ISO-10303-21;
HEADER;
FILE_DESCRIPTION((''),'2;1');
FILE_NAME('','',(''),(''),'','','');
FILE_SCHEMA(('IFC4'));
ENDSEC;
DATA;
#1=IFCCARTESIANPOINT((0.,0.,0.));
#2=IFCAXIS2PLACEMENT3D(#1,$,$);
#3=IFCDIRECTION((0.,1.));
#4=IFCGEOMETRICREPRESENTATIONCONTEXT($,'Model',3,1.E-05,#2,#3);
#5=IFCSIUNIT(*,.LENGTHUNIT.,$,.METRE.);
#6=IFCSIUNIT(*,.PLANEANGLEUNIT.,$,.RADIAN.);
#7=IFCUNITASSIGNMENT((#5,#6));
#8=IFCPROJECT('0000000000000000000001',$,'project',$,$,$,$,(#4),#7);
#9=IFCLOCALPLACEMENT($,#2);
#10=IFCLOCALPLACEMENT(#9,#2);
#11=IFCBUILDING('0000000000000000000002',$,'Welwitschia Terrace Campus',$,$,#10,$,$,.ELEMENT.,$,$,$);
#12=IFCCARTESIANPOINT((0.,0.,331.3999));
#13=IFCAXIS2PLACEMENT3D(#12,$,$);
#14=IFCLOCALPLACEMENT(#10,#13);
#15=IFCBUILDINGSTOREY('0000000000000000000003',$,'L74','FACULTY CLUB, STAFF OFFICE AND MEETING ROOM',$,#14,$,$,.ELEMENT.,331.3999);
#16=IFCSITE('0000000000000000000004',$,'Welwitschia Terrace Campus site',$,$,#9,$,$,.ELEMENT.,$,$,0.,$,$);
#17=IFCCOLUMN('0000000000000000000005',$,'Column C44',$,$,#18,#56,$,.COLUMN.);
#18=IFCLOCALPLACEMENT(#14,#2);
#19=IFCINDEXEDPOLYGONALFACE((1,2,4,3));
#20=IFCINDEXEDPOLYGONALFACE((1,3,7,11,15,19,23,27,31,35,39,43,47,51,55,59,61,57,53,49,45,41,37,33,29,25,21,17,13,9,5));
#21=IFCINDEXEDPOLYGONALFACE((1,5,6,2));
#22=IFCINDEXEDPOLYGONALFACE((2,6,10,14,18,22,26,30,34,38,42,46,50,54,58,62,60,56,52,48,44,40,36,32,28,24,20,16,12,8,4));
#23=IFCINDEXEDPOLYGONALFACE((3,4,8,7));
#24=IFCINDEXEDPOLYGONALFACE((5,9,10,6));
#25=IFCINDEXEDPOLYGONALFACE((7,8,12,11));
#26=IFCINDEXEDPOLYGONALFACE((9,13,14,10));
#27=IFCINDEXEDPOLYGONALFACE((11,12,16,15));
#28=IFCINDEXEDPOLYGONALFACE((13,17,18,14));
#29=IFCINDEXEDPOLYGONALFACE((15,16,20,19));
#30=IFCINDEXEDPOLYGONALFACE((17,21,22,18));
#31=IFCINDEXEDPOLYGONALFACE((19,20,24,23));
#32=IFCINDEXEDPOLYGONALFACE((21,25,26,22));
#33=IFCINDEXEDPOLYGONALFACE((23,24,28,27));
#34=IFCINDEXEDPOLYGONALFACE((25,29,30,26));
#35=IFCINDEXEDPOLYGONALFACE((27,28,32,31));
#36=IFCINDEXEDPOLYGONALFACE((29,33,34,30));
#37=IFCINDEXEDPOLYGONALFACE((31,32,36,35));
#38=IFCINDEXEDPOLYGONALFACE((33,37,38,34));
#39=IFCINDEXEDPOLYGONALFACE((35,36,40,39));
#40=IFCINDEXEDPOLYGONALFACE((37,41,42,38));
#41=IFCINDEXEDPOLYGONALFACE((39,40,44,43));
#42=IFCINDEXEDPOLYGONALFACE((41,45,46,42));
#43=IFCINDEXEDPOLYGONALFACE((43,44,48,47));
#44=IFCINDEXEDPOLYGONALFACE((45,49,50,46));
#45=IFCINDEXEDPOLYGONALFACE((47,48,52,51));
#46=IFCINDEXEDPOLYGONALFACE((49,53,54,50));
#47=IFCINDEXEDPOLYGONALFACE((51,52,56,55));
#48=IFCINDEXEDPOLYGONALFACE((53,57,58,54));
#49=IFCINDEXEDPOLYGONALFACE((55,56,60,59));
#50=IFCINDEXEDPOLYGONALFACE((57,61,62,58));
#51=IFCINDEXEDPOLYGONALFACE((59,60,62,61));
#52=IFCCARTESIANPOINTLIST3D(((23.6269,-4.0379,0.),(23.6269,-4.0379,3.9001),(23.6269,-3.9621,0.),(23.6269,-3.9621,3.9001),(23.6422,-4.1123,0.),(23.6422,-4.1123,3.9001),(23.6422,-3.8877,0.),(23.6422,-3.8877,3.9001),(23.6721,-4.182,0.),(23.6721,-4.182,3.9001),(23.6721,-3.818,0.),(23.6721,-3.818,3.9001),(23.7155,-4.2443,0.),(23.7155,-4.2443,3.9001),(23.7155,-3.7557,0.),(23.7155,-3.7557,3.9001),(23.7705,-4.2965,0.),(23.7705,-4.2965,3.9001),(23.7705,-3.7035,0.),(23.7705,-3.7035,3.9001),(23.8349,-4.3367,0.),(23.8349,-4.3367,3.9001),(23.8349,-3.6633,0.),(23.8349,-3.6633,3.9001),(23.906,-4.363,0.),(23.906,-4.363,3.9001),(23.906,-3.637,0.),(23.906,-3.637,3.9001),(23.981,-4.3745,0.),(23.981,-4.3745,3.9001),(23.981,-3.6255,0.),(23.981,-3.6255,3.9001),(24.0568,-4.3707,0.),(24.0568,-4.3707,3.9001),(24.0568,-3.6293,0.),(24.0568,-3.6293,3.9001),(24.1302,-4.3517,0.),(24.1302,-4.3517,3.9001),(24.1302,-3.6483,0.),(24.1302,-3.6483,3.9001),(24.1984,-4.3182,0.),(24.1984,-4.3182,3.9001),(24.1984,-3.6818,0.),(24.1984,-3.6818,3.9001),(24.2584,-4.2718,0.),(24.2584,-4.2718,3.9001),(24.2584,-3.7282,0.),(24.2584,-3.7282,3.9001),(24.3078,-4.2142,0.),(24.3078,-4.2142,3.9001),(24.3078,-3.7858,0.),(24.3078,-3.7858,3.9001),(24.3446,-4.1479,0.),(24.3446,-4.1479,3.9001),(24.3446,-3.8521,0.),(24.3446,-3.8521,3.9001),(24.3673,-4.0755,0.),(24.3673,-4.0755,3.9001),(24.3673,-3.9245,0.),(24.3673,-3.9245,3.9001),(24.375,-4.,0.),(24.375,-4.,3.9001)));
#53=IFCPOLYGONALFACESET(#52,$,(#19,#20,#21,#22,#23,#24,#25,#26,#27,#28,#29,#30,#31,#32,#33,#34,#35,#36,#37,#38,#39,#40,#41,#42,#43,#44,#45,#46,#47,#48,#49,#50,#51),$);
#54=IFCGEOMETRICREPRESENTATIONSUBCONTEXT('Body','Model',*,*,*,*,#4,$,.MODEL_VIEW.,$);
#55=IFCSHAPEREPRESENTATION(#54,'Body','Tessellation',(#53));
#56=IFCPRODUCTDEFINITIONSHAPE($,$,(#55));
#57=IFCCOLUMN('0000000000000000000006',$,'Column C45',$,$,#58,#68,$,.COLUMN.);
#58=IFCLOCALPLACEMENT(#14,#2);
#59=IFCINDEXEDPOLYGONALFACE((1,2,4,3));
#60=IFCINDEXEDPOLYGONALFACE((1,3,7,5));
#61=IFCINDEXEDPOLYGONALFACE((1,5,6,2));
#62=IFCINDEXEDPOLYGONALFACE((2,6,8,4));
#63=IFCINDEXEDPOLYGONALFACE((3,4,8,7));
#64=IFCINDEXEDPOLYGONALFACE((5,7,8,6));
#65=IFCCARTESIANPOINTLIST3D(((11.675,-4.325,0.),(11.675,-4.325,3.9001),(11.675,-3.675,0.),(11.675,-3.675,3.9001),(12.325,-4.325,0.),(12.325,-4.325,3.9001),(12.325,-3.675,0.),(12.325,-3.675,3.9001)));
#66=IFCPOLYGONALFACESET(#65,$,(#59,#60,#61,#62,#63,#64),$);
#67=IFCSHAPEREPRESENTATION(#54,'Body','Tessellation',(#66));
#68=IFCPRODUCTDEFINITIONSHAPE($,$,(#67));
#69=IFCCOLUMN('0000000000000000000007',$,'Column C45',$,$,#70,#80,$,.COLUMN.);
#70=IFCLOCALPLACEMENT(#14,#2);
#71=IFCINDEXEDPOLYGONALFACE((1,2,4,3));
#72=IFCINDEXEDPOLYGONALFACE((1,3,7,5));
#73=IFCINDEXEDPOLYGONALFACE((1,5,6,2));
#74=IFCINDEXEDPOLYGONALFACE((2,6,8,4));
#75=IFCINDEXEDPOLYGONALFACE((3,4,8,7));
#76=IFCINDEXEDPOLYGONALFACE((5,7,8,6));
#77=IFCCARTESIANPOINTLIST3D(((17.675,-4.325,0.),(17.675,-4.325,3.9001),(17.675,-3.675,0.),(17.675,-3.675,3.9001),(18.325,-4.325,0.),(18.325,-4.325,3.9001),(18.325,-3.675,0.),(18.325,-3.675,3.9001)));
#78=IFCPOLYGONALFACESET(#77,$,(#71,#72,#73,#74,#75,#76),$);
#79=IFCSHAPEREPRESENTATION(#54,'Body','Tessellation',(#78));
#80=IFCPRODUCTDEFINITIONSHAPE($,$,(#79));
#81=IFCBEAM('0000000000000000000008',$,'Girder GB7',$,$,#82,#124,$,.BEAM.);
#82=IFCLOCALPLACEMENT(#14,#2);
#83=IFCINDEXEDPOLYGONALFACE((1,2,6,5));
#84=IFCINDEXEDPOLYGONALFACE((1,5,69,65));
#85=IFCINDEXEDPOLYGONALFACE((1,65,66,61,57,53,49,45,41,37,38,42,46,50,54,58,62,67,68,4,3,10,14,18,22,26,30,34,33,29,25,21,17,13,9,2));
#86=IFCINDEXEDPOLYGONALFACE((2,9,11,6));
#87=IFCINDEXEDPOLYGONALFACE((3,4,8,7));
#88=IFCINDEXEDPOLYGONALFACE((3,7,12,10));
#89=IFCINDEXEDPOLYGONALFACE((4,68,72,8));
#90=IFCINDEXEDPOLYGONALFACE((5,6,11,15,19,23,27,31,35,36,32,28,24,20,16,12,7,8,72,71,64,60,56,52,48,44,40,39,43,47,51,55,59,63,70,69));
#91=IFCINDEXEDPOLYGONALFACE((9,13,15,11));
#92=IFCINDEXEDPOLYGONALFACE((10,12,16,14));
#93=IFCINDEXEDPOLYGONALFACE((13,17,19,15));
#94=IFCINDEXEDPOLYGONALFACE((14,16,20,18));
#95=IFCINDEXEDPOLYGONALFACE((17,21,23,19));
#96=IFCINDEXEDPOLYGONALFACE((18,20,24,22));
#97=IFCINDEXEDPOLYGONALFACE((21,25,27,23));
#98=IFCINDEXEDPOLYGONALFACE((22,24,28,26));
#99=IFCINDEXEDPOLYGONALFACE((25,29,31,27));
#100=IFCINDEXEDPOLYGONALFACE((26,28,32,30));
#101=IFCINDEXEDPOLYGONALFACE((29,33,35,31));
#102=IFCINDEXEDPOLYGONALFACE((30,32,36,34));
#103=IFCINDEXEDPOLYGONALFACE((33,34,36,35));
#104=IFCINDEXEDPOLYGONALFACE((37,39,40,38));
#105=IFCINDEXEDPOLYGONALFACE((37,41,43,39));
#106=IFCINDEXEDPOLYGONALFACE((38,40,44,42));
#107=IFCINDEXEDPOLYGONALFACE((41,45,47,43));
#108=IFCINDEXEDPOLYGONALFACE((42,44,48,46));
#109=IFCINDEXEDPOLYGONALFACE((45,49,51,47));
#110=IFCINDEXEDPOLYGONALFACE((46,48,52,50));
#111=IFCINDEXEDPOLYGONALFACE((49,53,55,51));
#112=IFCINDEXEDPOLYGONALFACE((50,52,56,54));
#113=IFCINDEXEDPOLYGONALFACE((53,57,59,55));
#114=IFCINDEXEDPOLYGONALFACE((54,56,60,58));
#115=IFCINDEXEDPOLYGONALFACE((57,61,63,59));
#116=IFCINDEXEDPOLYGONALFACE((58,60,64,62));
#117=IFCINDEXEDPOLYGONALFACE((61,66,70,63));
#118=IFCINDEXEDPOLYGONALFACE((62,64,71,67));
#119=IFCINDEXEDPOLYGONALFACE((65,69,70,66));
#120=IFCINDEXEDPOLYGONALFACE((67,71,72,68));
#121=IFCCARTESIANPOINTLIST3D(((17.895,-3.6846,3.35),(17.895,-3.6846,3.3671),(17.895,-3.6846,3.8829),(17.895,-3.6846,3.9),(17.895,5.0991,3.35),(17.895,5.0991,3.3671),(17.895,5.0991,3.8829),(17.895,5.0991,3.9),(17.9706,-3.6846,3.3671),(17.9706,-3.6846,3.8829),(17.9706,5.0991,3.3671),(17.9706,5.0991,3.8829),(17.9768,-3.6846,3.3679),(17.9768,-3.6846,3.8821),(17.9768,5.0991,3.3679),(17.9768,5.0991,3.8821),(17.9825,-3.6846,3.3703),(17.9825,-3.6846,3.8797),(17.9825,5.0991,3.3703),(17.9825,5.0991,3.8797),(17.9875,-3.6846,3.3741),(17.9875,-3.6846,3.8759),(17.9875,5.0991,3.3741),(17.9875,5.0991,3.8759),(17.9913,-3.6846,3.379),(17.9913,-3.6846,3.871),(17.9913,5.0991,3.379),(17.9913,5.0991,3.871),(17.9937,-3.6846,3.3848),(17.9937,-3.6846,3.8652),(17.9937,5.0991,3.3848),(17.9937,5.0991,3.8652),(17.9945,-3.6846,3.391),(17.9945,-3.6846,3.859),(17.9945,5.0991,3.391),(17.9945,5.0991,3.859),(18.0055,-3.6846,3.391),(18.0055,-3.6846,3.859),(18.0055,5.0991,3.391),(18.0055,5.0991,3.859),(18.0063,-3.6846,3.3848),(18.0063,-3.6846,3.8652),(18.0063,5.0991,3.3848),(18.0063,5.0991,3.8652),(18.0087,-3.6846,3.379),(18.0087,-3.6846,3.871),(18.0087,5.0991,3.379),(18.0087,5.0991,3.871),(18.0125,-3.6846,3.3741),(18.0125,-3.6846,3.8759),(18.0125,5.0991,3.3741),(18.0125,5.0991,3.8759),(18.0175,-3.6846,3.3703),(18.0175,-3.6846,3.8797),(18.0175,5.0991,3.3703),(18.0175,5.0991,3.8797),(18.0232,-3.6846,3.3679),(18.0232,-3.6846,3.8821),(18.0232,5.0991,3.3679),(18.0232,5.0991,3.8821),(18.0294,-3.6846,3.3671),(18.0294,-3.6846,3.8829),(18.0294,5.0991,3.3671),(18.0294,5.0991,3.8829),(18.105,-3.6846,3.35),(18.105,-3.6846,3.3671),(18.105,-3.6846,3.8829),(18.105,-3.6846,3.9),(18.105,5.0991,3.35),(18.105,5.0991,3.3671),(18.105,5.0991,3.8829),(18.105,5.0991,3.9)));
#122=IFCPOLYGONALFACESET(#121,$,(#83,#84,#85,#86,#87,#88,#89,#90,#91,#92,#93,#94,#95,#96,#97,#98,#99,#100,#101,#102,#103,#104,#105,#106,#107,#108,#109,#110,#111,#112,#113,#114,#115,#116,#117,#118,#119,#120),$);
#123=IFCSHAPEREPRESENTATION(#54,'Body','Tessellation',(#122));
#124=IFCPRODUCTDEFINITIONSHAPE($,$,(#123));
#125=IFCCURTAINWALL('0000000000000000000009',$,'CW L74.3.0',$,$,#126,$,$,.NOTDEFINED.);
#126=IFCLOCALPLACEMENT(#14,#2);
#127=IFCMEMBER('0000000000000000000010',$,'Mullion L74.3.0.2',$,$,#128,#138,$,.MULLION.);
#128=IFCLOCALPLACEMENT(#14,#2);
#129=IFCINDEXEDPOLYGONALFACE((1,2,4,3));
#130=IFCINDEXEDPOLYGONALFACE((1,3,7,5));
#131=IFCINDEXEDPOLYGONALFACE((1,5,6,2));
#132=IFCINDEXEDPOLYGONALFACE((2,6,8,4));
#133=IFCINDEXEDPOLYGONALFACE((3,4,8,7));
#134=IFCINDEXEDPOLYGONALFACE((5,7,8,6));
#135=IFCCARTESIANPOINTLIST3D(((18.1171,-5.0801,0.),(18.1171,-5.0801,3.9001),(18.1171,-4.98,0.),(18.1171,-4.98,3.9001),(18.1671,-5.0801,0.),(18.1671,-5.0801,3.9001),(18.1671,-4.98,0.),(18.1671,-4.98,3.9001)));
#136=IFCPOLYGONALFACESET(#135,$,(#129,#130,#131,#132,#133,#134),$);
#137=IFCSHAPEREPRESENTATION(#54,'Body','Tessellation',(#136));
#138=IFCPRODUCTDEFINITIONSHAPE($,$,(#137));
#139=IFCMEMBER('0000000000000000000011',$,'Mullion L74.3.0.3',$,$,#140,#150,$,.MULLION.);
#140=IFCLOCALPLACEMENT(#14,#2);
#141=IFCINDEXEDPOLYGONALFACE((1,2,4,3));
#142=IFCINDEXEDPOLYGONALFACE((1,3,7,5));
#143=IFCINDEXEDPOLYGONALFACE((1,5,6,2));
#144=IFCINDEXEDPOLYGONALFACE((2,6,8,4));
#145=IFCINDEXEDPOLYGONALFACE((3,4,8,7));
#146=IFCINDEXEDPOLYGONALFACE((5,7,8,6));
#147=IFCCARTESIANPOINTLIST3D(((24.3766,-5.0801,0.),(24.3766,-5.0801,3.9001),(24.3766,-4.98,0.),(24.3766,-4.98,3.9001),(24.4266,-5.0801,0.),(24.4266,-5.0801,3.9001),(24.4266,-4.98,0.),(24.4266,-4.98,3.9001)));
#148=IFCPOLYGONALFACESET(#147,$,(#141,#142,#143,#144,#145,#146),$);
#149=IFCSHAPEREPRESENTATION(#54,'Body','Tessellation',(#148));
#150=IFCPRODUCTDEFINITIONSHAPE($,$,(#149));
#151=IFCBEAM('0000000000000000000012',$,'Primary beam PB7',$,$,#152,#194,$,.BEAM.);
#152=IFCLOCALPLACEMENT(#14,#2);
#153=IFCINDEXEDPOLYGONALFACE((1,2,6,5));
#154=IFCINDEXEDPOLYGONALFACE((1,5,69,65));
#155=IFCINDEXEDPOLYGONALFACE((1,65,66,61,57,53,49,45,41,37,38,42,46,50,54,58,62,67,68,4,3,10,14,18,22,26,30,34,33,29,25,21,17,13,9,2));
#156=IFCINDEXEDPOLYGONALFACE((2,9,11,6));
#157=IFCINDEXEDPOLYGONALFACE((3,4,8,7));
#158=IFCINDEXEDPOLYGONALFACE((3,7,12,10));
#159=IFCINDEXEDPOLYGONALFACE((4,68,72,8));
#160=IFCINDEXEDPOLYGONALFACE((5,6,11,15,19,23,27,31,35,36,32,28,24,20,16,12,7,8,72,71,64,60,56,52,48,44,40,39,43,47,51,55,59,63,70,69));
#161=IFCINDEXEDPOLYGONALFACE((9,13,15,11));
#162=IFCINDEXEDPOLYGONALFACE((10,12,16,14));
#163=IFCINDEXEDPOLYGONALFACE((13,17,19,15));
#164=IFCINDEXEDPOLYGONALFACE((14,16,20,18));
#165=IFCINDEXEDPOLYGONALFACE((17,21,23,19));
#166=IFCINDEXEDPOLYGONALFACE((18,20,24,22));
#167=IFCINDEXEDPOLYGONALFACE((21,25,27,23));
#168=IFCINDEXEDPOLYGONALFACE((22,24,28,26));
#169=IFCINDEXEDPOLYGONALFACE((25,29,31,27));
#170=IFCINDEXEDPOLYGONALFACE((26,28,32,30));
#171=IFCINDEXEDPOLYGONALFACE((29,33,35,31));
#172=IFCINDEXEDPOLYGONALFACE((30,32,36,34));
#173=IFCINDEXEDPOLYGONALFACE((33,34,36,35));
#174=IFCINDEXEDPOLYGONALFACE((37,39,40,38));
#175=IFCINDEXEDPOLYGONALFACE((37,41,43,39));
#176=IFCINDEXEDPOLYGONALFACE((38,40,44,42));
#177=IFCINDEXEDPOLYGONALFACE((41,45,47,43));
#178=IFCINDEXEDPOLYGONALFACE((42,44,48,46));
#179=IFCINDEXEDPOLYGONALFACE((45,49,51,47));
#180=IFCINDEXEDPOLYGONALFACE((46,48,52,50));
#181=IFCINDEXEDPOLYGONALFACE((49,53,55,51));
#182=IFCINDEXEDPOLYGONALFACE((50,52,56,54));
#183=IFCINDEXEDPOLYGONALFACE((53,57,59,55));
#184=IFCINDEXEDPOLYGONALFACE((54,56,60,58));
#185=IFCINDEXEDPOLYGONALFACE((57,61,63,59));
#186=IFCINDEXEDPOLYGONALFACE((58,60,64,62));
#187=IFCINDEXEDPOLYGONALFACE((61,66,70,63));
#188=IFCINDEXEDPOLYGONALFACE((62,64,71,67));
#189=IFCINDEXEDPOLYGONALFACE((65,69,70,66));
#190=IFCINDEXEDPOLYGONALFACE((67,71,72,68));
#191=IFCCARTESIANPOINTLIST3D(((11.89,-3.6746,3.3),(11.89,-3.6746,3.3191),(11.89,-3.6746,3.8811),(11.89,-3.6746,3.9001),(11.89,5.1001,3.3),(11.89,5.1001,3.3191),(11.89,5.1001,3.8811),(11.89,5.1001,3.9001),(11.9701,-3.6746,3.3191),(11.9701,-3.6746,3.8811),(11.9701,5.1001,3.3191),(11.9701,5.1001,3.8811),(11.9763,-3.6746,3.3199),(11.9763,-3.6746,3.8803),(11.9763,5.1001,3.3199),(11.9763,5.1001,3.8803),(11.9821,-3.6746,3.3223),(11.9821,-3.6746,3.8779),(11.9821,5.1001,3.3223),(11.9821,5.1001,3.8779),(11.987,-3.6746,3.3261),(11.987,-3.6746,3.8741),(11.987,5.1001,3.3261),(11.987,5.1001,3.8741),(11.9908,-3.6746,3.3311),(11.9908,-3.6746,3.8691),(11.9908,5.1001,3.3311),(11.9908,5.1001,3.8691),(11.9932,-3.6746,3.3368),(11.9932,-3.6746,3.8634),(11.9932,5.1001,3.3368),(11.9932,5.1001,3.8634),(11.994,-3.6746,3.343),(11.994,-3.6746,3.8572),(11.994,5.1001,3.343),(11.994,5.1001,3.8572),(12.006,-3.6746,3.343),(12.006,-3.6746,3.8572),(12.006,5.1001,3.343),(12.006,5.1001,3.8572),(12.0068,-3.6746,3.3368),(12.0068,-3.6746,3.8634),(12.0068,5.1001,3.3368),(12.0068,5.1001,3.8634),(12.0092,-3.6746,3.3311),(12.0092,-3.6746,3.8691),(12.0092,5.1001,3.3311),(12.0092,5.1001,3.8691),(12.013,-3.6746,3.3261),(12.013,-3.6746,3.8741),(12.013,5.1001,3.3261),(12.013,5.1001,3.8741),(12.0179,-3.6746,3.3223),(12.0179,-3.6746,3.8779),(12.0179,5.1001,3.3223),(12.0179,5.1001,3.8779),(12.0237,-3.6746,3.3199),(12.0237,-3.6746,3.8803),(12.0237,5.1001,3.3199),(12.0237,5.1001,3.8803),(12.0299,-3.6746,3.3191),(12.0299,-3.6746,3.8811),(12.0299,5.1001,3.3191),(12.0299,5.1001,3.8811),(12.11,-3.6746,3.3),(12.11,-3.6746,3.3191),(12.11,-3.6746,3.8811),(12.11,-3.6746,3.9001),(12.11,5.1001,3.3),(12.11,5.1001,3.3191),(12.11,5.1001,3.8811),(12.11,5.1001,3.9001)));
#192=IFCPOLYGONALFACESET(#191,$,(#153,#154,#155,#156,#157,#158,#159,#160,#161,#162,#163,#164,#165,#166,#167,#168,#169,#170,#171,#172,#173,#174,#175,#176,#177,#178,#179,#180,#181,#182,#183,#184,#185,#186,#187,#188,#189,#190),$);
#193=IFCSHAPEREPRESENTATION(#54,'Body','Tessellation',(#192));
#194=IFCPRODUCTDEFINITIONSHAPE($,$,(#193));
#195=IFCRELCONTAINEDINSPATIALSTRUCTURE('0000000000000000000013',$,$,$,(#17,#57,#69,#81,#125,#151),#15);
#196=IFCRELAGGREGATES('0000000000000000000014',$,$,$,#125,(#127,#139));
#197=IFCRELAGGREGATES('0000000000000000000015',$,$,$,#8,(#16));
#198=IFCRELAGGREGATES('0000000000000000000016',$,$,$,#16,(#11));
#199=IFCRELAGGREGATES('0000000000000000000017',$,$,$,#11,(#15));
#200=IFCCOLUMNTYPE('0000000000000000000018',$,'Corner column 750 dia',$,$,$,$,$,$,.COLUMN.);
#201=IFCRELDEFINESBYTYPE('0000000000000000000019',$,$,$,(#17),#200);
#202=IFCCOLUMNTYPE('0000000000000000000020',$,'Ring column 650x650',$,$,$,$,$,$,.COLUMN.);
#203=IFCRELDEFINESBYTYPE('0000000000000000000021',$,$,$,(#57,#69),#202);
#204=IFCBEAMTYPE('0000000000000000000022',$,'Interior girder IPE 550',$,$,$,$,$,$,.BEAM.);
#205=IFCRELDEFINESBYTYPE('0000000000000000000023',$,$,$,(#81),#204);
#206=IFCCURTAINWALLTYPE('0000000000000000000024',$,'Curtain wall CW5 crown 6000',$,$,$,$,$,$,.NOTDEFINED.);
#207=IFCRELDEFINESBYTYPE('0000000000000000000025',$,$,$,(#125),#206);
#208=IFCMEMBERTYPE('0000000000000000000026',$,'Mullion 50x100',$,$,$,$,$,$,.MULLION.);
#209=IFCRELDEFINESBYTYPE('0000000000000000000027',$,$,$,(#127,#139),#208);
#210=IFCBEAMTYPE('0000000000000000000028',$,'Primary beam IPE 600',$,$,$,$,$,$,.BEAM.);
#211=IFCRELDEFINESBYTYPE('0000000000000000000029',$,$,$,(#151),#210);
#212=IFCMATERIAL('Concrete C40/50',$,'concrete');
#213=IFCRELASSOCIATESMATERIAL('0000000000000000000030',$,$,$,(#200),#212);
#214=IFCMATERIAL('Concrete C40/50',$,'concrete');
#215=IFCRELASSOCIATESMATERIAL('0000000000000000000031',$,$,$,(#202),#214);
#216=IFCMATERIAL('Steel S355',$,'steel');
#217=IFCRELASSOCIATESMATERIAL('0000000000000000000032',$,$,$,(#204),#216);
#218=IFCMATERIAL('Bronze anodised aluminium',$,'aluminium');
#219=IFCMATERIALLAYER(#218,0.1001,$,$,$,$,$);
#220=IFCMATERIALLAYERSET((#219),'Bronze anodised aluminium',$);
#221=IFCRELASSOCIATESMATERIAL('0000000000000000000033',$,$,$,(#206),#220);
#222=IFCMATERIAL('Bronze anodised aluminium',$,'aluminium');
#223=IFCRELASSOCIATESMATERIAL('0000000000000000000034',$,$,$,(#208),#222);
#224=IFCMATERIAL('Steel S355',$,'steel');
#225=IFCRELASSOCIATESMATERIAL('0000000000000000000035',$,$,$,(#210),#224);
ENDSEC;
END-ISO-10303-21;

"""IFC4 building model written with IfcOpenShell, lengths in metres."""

from ifc_helpers import new_model, si_unit, direction, frame, origin, origin_2d, place, context, subcontext, project, spatial, rectangle, circle, i_section, extrude, material, layer, layer_set, material_profile, profile_set, type_object, element, aggregate, save


model = new_model("IFC4")

# Units and contexts
model_context = context("Model", 3, precision=1e-05, world=origin(), true_north=direction((0.0, 1.0)))
body_context = subcontext(model_context, "Body", "Model", "MODEL_VIEW")
ifc_project = project(units=[si_unit("LENGTHUNIT", "METRE"), si_unit("PLANEANGLEUNIT", "RADIAN")], contexts=[model_context])

# Site, building, storey
site_placement = place(None, origin())
site = spatial("IfcSite", under=ifc_project, at=site_placement, Name="Welwitschia Terrace Campus site", CompositionType="ELEMENT", RefElevation=0.0)
building_placement = place(site_placement, origin())
building = spatial("IfcBuilding", under=site, at=building_placement, Name="Welwitschia Terrace Campus", CompositionType="ELEMENT")
storey_placement = place(building_placement, frame((0.0, 0.0, 331.3999)))
storey = spatial("IfcBuildingStorey", under=building, at=storey_placement, Name="L74", Description="FACULTY CLUB, STAFF OFFICE AND MEETING ROOM", CompositionType="ELEMENT", Elevation=331.3999)

# Columns
ifc_material_1 = material(Name="Concrete C40/50", Category="concrete")
ifc_material_profile_1 = material_profile(ifc_material_1, circle(Radius=0.375, at=origin_2d()))
ifc_profile_set_1 = profile_set([ifc_material_profile_1], Name="Concrete C40/50")
column_type_1 = type_object("IfcColumnType", Name="Corner column 750 dia", PredefinedType="COLUMN", material=ifc_profile_set_1)
column_placement = place(storey_placement, frame((24.0, -4.0, 0.0), z_axis=(0.0, 0.0, 1.0), x_axis=(1.0, 0.0, 0.0)))
element("IfcColumn", 1, at=column_placement, inside=storey, type_object=column_type_1, Name="Column C44", PredefinedType="COLUMN", context=body_context, shape_type="SweptSolid", body=[
    extrude(circle(Radius=0.375, at=origin_2d()), origin(), (0.0, 0.0, 1.0), 3.9001),
])
ifc_material_2 = material(Name="Concrete C40/50", Category="concrete")
ifc_material_profile_2 = material_profile(ifc_material_2, rectangle(XDim=0.6499, YDim=0.6499, at=origin_2d()))
ifc_profile_set_2 = profile_set([ifc_material_profile_2], Name="Concrete C40/50")
column_type_2 = type_object("IfcColumnType", Name="Ring column 650x650", PredefinedType="COLUMN", material=ifc_profile_set_2)
for number, where, z_axis, x_axis, name in (
    (2, (12.0, -4.0, 0.0), (0.0, 0.0, 1.0), (1.0, 0.0, 0.0), "Column C45"),
    (3, (18.0, -4.0, 0.0), (0.0, 0.0, 1.0), (1.0, 0.0, 0.0), "Column C45"),
):
    element("IfcColumn", number, at=place(storey_placement, frame(where, z_axis=z_axis, x_axis=x_axis)), inside=storey, type_object=column_type_2, Name=name, PredefinedType="COLUMN", context=body_context, shape_type="SweptSolid", body=[
        extrude(rectangle(XDim=0.6499, YDim=0.6499, at=origin_2d()), origin(), (0.0, 0.0, 1.0), 3.9001),
    ])

# Beam
ifc_material_3 = material(Name="Steel S355", Category="steel")
ifc_material_profile_3 = material_profile(ifc_material_3, i_section(OverallWidth=0.21, OverallDepth=0.55, WebThickness=0.011, FlangeThickness=0.0171, FilletRadius=0.0239, at=origin_2d()))
ifc_profile_set_3 = profile_set([ifc_material_profile_3], Name="Steel S355")
beam_type_1 = type_object("IfcBeamType", Name="Interior girder IPE 550", PredefinedType="BEAM", material=ifc_profile_set_3)
beam_1_placement = place(storey_placement, frame((18.0, -3.6846, 3.625), z_axis=(0.0, 1.0, 0.0), x_axis=(-1.0, 0.0, 0.0)))
element("IfcBeam", 4, at=beam_1_placement, inside=storey, type_object=beam_type_1, Name="Girder GB7", PredefinedType="BEAM", context=body_context, shape_type="SweptSolid", body=[
    extrude(i_section(OverallWidth=0.21, OverallDepth=0.55, WebThickness=0.011, FlangeThickness=0.0171, FilletRadius=0.0239, at=origin_2d()), origin(), (0.0, 0.0, 1.0), 8.7837),
])

# Curtain wall, members
ifc_material_4 = material(Name="Bronze anodised aluminium", Category="aluminium")
ifc_layer_1 = layer(ifc_material_4, 0.1001)
ifc_layer_set_1 = layer_set([ifc_layer_1], Name="Bronze anodised aluminium")
curtain_wall_type = type_object("IfcCurtainWallType", Name="Curtain wall CW5 crown 6000", PredefinedType="NOTDEFINED", material=ifc_layer_set_1)
curtain_wall_placement = place(storey_placement, origin())
curtain_wall = element("IfcCurtainWall", 5, at=curtain_wall_placement, inside=storey, type_object=curtain_wall_type, Name="CW L74.3.0", PredefinedType="NOTDEFINED")
ifc_material_5 = material(Name="Bronze anodised aluminium", Category="aluminium")
ifc_material_profile_4 = material_profile(ifc_material_5, rectangle(XDim=0.1001, YDim=0.05, at=origin_2d()))
ifc_profile_set_4 = profile_set([ifc_material_profile_4], Name="Bronze anodised aluminium")
member_type = type_object("IfcMemberType", Name="Mullion 50x100", PredefinedType="MULLION", material=ifc_profile_set_4)
member_1_placement = place(storey_placement, frame((18.1421, -5.03, 0.0), z_axis=(0.0, 0.0, 1.0), x_axis=(0.0, 1.0, 0.0)))
member_1 = element("IfcMember", 6, at=member_1_placement, type_object=member_type, Name="Mullion L74.3.0.2", PredefinedType="MULLION", context=body_context, shape_type="SweptSolid", body=[
    extrude(rectangle(XDim=0.1001, YDim=0.05, at=origin_2d()), origin(), (0.0, 0.0, 1.0), 3.9001),
])
member_2_placement = place(storey_placement, frame((24.4016, -5.03, 0.0), z_axis=(0.0, 0.0, 1.0), x_axis=(0.0, 1.0, 0.0)))
member_2 = element("IfcMember", 7, at=member_2_placement, type_object=member_type, Name="Mullion L74.3.0.3", PredefinedType="MULLION", context=body_context, shape_type="SweptSolid", body=[
    extrude(rectangle(XDim=0.1001, YDim=0.05, at=origin_2d()), origin(), (0.0, 0.0, 1.0), 3.9001),
])

# Beam
ifc_material_6 = material(Name="Steel S355", Category="steel")
ifc_material_profile_5 = material_profile(ifc_material_6, i_section(OverallWidth=0.22, OverallDepth=0.6001, WebThickness=0.012, FlangeThickness=0.019, FilletRadius=0.0239, at=origin_2d()))
ifc_profile_set_5 = profile_set([ifc_material_profile_5], Name="Steel S355")
beam_type_2 = type_object("IfcBeamType", Name="Primary beam IPE 600", PredefinedType="BEAM", material=ifc_profile_set_5)
beam_2_placement = place(storey_placement, frame((12.0, -3.6746, 3.6001), z_axis=(0.0, 1.0, 0.0), x_axis=(-1.0, 0.0, 0.0)))
element("IfcBeam", 8, at=beam_2_placement, inside=storey, type_object=beam_type_2, Name="Primary beam PB7", PredefinedType="BEAM", context=body_context, shape_type="SweptSolid", body=[
    extrude(i_section(OverallWidth=0.22, OverallDepth=0.6001, WebThickness=0.012, FlangeThickness=0.019, FilletRadius=0.0239, at=origin_2d()), origin(), (0.0, 0.0, 1.0), 8.7747),
])

aggregate(curtain_wall, [member_1, member_2])

save(model, "model.ifc")
